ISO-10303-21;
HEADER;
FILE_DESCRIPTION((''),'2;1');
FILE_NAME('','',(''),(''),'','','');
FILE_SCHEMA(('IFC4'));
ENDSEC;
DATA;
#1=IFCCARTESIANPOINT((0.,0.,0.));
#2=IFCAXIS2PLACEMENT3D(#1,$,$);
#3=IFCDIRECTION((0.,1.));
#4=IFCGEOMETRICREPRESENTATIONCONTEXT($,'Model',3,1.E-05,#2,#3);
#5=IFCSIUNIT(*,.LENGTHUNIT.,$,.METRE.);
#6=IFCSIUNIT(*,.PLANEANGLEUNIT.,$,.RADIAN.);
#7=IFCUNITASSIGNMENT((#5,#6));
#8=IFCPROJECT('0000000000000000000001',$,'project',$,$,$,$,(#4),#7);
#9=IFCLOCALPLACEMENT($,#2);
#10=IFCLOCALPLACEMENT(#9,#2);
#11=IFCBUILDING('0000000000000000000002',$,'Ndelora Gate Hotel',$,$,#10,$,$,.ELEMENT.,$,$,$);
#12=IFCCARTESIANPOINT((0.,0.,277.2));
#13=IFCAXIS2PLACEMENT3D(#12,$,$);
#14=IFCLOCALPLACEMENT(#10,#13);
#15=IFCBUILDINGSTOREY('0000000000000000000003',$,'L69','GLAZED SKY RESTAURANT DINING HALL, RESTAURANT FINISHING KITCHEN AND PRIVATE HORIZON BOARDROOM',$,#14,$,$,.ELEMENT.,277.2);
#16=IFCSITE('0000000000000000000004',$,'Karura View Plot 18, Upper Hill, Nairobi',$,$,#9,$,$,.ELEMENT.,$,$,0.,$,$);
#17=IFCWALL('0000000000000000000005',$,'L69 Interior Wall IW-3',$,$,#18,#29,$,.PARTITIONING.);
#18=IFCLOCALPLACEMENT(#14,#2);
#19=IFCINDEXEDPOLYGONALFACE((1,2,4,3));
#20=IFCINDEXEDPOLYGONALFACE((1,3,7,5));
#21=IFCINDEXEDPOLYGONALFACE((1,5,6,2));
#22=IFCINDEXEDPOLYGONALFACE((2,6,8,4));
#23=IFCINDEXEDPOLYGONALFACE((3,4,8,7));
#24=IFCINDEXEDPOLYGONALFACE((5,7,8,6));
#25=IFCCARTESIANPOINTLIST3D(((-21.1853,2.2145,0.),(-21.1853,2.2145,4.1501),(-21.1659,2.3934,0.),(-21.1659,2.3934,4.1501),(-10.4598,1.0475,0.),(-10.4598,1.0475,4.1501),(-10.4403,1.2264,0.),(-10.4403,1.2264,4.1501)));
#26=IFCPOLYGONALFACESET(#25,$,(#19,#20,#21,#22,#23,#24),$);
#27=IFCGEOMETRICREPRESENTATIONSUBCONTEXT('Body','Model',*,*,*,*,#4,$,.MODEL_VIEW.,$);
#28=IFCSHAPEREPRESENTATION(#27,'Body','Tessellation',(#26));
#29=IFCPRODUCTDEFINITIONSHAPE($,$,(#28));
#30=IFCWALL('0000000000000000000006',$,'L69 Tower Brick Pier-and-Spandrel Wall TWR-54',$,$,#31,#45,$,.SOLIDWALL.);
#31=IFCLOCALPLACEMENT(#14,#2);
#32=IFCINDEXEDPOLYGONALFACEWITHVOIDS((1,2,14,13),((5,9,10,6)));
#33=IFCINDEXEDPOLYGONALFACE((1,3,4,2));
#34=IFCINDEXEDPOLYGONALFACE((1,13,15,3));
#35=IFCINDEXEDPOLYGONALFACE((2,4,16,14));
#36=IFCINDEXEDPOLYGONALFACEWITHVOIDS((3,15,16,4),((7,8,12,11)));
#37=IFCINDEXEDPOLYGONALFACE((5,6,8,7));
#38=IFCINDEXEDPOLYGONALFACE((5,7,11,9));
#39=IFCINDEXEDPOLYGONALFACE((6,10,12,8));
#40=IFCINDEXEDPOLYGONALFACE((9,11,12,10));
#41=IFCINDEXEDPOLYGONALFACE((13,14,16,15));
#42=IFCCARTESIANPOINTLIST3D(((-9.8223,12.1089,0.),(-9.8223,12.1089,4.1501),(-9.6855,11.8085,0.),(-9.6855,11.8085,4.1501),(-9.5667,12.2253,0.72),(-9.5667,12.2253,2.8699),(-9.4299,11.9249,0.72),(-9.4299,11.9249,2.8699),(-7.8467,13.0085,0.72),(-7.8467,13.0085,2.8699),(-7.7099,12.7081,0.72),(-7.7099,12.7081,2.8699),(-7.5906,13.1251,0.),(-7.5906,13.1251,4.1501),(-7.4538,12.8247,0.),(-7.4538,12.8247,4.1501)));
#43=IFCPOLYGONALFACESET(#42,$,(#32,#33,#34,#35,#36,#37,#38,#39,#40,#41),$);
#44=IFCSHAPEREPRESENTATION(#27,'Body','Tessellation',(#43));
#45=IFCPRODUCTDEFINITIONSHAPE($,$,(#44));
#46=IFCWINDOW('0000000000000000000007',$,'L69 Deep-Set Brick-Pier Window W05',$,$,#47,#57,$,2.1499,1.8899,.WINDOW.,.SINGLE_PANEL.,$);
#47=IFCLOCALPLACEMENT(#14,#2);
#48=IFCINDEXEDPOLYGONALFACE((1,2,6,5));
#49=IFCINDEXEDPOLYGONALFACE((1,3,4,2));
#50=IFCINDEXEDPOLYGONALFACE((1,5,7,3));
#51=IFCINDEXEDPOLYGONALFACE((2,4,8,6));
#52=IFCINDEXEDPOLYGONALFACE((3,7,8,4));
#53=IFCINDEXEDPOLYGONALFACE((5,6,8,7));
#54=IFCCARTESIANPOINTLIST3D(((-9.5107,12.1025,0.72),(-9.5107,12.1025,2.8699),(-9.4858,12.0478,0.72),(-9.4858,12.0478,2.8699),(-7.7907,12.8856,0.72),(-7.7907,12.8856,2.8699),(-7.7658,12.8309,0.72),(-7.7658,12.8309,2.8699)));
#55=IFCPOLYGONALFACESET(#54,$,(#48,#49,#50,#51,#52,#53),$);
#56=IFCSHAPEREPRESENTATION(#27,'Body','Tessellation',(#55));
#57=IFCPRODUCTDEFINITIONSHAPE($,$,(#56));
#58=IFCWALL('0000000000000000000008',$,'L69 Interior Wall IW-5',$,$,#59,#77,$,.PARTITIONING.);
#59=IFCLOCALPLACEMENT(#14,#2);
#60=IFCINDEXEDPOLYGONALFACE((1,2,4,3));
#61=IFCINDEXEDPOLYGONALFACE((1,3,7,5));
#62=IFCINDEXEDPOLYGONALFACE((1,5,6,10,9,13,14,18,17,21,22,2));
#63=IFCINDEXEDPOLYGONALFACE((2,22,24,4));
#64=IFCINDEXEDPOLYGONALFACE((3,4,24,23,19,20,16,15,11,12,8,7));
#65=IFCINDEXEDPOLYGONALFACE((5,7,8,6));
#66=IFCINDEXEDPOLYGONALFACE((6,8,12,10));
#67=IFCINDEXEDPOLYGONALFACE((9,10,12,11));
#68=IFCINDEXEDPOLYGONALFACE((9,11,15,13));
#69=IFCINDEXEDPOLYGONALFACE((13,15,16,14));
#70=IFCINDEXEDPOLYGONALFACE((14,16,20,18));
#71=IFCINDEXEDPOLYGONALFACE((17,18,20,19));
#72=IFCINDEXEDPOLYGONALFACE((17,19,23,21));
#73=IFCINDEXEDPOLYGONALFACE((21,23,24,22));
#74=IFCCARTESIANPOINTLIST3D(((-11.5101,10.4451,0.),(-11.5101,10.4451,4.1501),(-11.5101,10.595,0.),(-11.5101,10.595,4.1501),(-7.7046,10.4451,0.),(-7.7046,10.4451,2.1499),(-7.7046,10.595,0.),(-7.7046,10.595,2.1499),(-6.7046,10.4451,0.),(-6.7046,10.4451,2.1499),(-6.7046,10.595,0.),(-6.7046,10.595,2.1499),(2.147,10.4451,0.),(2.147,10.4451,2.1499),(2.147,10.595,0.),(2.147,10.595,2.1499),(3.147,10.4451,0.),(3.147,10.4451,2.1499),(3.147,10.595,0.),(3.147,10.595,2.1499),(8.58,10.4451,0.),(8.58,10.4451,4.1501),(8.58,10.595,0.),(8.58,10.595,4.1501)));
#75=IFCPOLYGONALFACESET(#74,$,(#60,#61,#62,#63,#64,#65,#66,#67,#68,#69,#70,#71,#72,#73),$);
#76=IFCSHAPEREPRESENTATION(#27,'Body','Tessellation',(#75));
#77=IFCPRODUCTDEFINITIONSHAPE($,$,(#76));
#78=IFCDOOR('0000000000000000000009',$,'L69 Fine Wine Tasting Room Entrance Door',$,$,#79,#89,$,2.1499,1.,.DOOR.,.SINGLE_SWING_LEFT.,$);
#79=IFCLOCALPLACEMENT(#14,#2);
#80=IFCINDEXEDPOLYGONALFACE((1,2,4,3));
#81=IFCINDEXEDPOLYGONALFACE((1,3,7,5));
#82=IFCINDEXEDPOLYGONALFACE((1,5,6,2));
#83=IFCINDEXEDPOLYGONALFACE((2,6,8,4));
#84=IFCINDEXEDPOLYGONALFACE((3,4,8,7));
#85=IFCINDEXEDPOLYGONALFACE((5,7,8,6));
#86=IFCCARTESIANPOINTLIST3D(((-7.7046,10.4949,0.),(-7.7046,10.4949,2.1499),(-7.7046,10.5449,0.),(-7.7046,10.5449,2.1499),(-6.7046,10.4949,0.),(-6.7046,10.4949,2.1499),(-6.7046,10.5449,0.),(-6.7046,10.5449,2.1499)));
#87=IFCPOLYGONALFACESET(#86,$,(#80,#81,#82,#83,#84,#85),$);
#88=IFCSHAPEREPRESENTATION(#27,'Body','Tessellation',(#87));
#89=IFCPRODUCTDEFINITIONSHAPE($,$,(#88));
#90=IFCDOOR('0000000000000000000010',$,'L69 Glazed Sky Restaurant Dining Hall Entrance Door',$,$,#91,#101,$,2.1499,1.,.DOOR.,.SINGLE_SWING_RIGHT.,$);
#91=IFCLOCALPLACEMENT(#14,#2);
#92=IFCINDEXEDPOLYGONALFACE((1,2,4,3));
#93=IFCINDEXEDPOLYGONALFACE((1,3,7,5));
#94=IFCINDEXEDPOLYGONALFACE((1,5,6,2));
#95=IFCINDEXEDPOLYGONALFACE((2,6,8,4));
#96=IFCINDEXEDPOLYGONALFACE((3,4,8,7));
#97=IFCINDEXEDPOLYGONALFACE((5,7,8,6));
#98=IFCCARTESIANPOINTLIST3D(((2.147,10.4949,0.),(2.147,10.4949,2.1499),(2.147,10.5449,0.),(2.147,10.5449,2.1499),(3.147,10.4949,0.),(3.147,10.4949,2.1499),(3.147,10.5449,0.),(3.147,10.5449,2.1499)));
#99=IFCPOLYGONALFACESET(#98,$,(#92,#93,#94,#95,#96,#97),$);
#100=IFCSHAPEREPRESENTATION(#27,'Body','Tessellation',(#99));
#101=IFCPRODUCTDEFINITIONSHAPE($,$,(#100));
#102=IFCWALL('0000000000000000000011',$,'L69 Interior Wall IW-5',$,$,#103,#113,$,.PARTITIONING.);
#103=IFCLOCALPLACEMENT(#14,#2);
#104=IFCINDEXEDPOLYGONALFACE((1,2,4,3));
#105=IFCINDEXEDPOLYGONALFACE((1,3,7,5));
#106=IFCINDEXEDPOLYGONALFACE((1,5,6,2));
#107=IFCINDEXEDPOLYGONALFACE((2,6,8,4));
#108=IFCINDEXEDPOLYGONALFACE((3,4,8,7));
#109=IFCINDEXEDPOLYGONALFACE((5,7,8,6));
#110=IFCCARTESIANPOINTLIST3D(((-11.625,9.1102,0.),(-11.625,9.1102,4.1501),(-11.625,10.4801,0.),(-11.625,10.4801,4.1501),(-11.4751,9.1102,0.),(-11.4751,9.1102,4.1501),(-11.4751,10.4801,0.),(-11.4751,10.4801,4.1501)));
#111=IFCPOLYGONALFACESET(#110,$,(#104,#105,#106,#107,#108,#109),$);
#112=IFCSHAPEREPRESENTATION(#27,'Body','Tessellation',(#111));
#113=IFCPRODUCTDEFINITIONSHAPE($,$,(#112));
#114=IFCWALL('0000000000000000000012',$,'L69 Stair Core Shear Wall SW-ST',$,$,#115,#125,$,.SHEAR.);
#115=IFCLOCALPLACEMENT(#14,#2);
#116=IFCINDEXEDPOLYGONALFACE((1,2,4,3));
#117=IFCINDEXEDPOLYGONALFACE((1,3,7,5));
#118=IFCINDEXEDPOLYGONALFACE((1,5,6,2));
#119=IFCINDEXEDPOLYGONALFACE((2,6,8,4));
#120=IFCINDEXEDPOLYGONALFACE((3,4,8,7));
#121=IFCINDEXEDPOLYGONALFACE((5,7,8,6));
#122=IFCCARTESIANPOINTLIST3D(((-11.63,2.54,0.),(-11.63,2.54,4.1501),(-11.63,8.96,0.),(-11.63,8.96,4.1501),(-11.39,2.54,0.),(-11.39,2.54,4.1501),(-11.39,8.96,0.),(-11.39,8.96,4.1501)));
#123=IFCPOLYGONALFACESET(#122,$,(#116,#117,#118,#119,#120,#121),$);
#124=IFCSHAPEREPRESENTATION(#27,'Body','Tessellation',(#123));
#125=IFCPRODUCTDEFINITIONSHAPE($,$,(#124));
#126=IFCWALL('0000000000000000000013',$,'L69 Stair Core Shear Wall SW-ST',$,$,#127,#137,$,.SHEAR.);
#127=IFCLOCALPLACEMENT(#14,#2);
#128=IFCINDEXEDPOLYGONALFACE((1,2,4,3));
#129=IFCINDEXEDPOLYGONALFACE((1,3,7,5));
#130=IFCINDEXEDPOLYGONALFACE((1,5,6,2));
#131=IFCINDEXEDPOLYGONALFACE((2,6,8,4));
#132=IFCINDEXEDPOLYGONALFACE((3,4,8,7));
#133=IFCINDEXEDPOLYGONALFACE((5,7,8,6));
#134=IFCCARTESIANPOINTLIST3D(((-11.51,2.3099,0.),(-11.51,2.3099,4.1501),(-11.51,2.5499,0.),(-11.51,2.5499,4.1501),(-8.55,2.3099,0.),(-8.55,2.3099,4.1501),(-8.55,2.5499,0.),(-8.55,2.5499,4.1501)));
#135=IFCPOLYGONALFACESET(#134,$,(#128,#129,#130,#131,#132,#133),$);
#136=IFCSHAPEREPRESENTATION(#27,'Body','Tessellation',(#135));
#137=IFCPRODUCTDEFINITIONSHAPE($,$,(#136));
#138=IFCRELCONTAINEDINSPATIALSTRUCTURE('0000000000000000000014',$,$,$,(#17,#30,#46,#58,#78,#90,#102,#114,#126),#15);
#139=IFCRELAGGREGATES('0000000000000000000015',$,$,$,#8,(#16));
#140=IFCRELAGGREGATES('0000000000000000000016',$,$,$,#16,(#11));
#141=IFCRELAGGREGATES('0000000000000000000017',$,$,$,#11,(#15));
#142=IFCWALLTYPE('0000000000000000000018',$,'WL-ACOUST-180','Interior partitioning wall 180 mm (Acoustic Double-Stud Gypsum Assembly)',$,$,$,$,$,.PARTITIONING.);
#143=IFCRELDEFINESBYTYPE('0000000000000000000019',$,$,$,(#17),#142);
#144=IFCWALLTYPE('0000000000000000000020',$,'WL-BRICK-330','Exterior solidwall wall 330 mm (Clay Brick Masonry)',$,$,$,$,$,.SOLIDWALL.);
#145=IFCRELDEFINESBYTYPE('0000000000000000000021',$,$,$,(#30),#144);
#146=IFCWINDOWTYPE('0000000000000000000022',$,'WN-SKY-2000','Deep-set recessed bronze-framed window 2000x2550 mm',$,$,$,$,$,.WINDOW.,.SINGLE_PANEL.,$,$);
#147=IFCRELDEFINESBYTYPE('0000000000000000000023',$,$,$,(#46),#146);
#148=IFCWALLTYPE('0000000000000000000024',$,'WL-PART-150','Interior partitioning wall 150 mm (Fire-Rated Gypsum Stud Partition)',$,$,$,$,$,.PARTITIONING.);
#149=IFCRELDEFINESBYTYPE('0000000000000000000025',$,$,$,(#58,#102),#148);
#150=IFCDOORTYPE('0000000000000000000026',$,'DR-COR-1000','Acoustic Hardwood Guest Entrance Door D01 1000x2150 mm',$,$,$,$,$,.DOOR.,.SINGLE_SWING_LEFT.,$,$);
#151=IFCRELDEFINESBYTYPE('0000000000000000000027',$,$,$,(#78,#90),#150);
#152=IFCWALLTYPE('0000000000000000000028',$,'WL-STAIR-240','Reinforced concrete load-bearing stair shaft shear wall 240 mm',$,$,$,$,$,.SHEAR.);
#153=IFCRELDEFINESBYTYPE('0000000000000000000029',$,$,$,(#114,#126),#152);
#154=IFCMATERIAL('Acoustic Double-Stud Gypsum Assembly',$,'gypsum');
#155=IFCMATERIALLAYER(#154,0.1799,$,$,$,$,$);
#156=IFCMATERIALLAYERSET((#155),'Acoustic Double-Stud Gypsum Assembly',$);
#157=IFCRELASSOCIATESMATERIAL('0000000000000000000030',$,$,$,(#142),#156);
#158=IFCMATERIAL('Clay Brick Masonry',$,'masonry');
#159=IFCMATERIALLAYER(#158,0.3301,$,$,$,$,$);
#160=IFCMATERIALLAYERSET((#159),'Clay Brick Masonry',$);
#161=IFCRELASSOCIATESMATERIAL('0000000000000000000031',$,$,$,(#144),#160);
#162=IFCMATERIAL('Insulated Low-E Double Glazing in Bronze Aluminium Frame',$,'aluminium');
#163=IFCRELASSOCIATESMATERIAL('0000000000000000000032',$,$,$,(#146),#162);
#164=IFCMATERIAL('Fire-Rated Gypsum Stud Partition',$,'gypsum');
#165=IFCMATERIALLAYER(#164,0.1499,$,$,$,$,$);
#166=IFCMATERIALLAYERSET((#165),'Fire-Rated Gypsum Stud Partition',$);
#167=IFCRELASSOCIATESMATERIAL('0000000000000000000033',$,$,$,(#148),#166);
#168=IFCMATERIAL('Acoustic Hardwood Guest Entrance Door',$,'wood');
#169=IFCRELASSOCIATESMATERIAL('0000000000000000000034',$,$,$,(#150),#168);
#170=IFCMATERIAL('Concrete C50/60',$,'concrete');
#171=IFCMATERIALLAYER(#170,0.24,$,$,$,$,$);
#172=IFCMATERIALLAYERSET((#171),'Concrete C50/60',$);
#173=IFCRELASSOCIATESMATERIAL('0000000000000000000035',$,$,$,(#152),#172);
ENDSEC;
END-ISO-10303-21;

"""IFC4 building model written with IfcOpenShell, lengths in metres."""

from ifc_helpers import new_model, si_unit, direction, frame, frame_2d, origin, place, context, subcontext, project, spatial, rectangle, extrude, material, layer, layer_set, type_object, element, fill, save


model = new_model("IFC4")

# Units and contexts
model_context = context("Model", 3, precision=1e-05, world=origin(), true_north=direction((0.0, 1.0)))
body_context = subcontext(model_context, "Body", "Model", "MODEL_VIEW")
ifc_project = project(units=[si_unit("LENGTHUNIT", "METRE"), si_unit("PLANEANGLEUNIT", "RADIAN")], contexts=[model_context])

# Site, building, storey
site_placement = place(None, origin())
site = spatial("IfcSite", under=ifc_project, at=site_placement, Name="Karura View Plot 18, Upper Hill, Nairobi", CompositionType="ELEMENT", RefElevation=0.0)
building_placement = place(site_placement, origin())
building = spatial("IfcBuilding", under=site, at=building_placement, Name="Ndelora Gate Hotel", CompositionType="ELEMENT")
storey_placement = place(building_placement, frame((0.0, 0.0, 277.2)))
storey = spatial("IfcBuildingStorey", under=building, at=storey_placement, Name="L69", Description="GLAZED SKY RESTAURANT DINING HALL, RESTAURANT FINISHING KITCHEN AND PRIVATE HORIZON BOARDROOM", CompositionType="ELEMENT", Elevation=277.2)

# Wall
ifc_material_1 = material(Name="Acoustic Double-Stud Gypsum Assembly", Category="gypsum")
ifc_layer_1 = layer(ifc_material_1, 0.1799)
ifc_layer_set_1 = layer_set([ifc_layer_1], Name="Acoustic Double-Stud Gypsum Assembly")
wall_type_1 = type_object("IfcWallType", Name="WL-ACOUST-180", Description="Interior partitioning wall 180 mm (Acoustic Double-Stud Gypsum Assembly)", PredefinedType="PARTITIONING", material=ifc_layer_set_1)
wall_1_placement = place(storey_placement, frame((-10.45, 1.137, 0.0), z_axis=(0.0, 0.0, 1.0), x_axis=(-0.994133, 0.108166, 0.0)))
element("IfcWall", 1, at=wall_1_placement, inside=storey, type_object=wall_type_1, Name="L69 Interior Wall IW-3", PredefinedType="PARTITIONING", context=body_context, shape_type="SweptSolid", body=[
    extrude(rectangle(XDim=10.7888, YDim=0.1799, at=frame_2d((5.3945, 0.0))), origin(), (0.0, 0.0, 1.0), 4.1501),
])

# Wall, opening, window
ifc_material_2 = material(Name="Clay Brick Masonry", Category="masonry")
ifc_layer_2 = layer(ifc_material_2, 0.3301)
ifc_layer_set_2 = layer_set([ifc_layer_2], Name="Clay Brick Masonry")
wall_type_2 = type_object("IfcWallType", Name="WL-BRICK-330", Description="Exterior solidwall wall 330 mm (Clay Brick Masonry)", PredefinedType="SOLIDWALL", material=ifc_layer_set_2)
wall_2_placement = place(storey_placement, frame((-9.7539, 11.9587, 0.0), z_axis=(0.0, 0.0, 1.0), x_axis=(0.910104, 0.41438, 0.0)))
wall_2 = element("IfcWall", 2, at=wall_2_placement, inside=storey, type_object=wall_type_2, Name="L69 Tower Brick Pier-and-Spandrel Wall TWR-54", PredefinedType="SOLIDWALL", context=body_context, shape_type="SweptSolid", body=[
    extrude(rectangle(XDim=2.4521, YDim=0.3301, at=frame_2d((1.2261, 0.0))), origin(), (0.0, 0.0, 1.0), 4.1501),
])
opening_1_placement = place(wall_2_placement, frame((0.281, 0.0, 0.72)))
opening_1 = element("IfcOpeningElement", 3, at=opening_1_placement, cuts=wall_2, PredefinedType="OPENING", context=body_context, shape_type="SweptSolid", body=[
    extrude(rectangle(XDim=1.8899, YDim=2.1499, at=frame_2d((0.9448, 1.075))), frame((0.0, 0.175, 0.0), z_axis=(0.0, -1.0, 0.0), x_axis=(1.0, 0.0, 0.0)), (0.0, 0.0, 1.0), 0.3501),
])
ifc_material_3 = material(Name="Insulated Low-E Double Glazing in Bronze Aluminium Frame", Category="aluminium")
window_type = type_object("IfcWindowType", Name="WN-SKY-2000", Description="Deep-set recessed bronze-framed window 2000x2550 mm", PartitioningType="SINGLE_PANEL", PredefinedType="WINDOW", material=ifc_material_3)
window_placement = place(opening_1_placement, origin())
window = element("IfcWindow", 4, at=window_placement, inside=storey, type_object=window_type, Name="L69 Deep-Set Brick-Pier Window W05", OverallHeight=2.1499, OverallWidth=1.8899, PartitioningType="SINGLE_PANEL", PredefinedType="WINDOW", context=body_context, shape_type="SweptSolid", body=[
    extrude(rectangle(XDim=1.8899, YDim=2.1499, at=frame_2d((0.9448, 1.075))), frame((0.0, 0.03, 0.0), z_axis=(0.0, -1.0, 0.0), x_axis=(1.0, 0.0, 0.0)), (0.0, 0.0, 1.0), 0.0601),
])
fill(opening_1, window)

# Wall, openings, doors
ifc_material_4 = material(Name="Fire-Rated Gypsum Stud Partition", Category="gypsum")
ifc_layer_3 = layer(ifc_material_4, 0.1499)
ifc_layer_set_3 = layer_set([ifc_layer_3], Name="Fire-Rated Gypsum Stud Partition")
wall_type_3 = type_object("IfcWallType", Name="WL-PART-150", Description="Interior partitioning wall 150 mm (Fire-Rated Gypsum Stud Partition)", PredefinedType="PARTITIONING", material=ifc_layer_set_3)
wall_3_placement = place(storey_placement, frame((-11.51, 10.52, 0.0), z_axis=(0.0, 0.0, 1.0), x_axis=(1.0, 0.0, 0.0)))
wall_3 = element("IfcWall", 5, at=wall_3_placement, inside=storey, type_object=wall_type_3, Name="L69 Interior Wall IW-5", PredefinedType="PARTITIONING", context=body_context, shape_type="SweptSolid", body=[
    extrude(rectangle(XDim=20.0901, YDim=0.1499, at=frame_2d((10.0449, 0.0))), origin(), (0.0, 0.0, 1.0), 4.1501),
])
opening_2_placement = place(wall_3_placement, frame((3.8054, 0.0, 0.0)))
opening_2 = element("IfcOpeningElement", 6, at=opening_2_placement, cuts=wall_3, PredefinedType="OPENING", context=body_context, shape_type="SweptSolid", body=[
    extrude(rectangle(XDim=1.0, YDim=2.1499, at=frame_2d((0.5, 1.075))), frame((0.0, 0.085, 0.0), z_axis=(0.0, -1.0, 0.0), x_axis=(1.0, 0.0, 0.0)), (0.0, 0.0, 1.0), 0.1699),
])
opening_3_placement = place(wall_3_placement, frame((13.657, 0.0, 0.0)))
opening_3 = element("IfcOpeningElement", 7, at=opening_3_placement, cuts=wall_3, PredefinedType="OPENING", context=body_context, shape_type="SweptSolid", body=[
    extrude(rectangle(XDim=1.0, YDim=2.1499, at=frame_2d((0.5, 1.075))), frame((0.0, 0.085, 0.0), z_axis=(0.0, -1.0, 0.0), x_axis=(1.0, 0.0, 0.0)), (0.0, 0.0, 1.0), 0.1699),
])
ifc_material_5 = material(Name="Acoustic Hardwood Guest Entrance Door", Category="wood")
door_type = type_object("IfcDoorType", Name="DR-COR-1000", Description="Acoustic Hardwood Guest Entrance Door D01 1000x2150 mm", OperationType="SINGLE_SWING_LEFT", PredefinedType="DOOR", material=ifc_material_5)
door_1_placement = place(opening_2_placement, origin())
door_1 = element("IfcDoor", 8, at=door_1_placement, inside=storey, type_object=door_type, Name="L69 Fine Wine Tasting Room Entrance Door", OperationType="SINGLE_SWING_LEFT", OverallHeight=2.1499, OverallWidth=1.0, PredefinedType="DOOR", context=body_context, shape_type="SweptSolid", body=[
    extrude(rectangle(XDim=1.0, YDim=2.1499, at=frame_2d((0.5, 1.075))), frame((0.0, 0.0249, 0.0), z_axis=(0.0, -1.0, 0.0), x_axis=(1.0, 0.0, 0.0)), (0.0, 0.0, 1.0), 0.05),
])
fill(opening_2, door_1)
door_2_placement = place(opening_3_placement, origin())
door_2 = element("IfcDoor", 9, at=door_2_placement, inside=storey, type_object=door_type, Name="L69 Glazed Sky Restaurant Dining Hall Entrance Door", OperationType="SINGLE_SWING_RIGHT", OverallHeight=2.1499, OverallWidth=1.0, PredefinedType="DOOR", context=body_context, shape_type="SweptSolid", body=[
    extrude(rectangle(XDim=1.0, YDim=2.1499, at=frame_2d((0.5, 1.075))), frame((0.0, 0.0249, 0.0), z_axis=(0.0, -1.0, 0.0), x_axis=(1.0, 0.0, 0.0)), (0.0, 0.0, 1.0), 0.05),
])
fill(opening_3, door_2)

# Walls
wall_4_placement = place(storey_placement, frame((-11.55, 9.1101, 0.0), z_axis=(0.0, 0.0, 1.0), x_axis=(0.0, 1.0, 0.0)))
element("IfcWall", 10, at=wall_4_placement, inside=storey, type_object=wall_type_3, Name="L69 Interior Wall IW-5", PredefinedType="PARTITIONING", context=body_context, shape_type="SweptSolid", body=[
    extrude(rectangle(XDim=1.3699, YDim=0.1499, at=frame_2d((0.6851, 0.0))), origin(), (0.0, 0.0, 1.0), 4.1501),
])
ifc_material_6 = material(Name="Concrete C50/60", Category="concrete")
ifc_layer_4 = layer(ifc_material_6, 0.24)
ifc_layer_set_4 = layer_set([ifc_layer_4], Name="Concrete C50/60")
wall_type_4 = type_object("IfcWallType", Name="WL-STAIR-240", Description="Reinforced concrete load-bearing stair shaft shear wall 240 mm", PredefinedType="SHEAR", material=ifc_layer_set_4)
wall_5_placement = place(storey_placement, frame((-11.51, 2.54, 0.0), z_axis=(0.0, 0.0, 1.0), x_axis=(0.0, 1.0, 0.0)))
element("IfcWall", 11, at=wall_5_placement, inside=storey, type_object=wall_type_4, Name="L69 Stair Core Shear Wall SW-ST", PredefinedType="SHEAR", context=body_context, shape_type="SweptSolid", body=[
    extrude(rectangle(XDim=6.4199, YDim=0.24, at=frame_2d((3.21, 0.0))), origin(), (0.0, 0.0, 1.0), 4.1501),
])
wall_6_placement = place(storey_placement, frame((-11.51, 2.4299, 0.0), z_axis=(0.0, 0.0, 1.0), x_axis=(1.0, 0.0, 0.0)))
element("IfcWall", 12, at=wall_6_placement, inside=storey, type_object=wall_type_4, Name="L69 Stair Core Shear Wall SW-ST", PredefinedType="SHEAR", context=body_context, shape_type="SweptSolid", body=[
    extrude(rectangle(XDim=2.96, YDim=0.24, at=frame_2d((1.48, 0.0))), origin(), (0.0, 0.0, 1.0), 4.1501),
])

save(model, "model.ifc")
